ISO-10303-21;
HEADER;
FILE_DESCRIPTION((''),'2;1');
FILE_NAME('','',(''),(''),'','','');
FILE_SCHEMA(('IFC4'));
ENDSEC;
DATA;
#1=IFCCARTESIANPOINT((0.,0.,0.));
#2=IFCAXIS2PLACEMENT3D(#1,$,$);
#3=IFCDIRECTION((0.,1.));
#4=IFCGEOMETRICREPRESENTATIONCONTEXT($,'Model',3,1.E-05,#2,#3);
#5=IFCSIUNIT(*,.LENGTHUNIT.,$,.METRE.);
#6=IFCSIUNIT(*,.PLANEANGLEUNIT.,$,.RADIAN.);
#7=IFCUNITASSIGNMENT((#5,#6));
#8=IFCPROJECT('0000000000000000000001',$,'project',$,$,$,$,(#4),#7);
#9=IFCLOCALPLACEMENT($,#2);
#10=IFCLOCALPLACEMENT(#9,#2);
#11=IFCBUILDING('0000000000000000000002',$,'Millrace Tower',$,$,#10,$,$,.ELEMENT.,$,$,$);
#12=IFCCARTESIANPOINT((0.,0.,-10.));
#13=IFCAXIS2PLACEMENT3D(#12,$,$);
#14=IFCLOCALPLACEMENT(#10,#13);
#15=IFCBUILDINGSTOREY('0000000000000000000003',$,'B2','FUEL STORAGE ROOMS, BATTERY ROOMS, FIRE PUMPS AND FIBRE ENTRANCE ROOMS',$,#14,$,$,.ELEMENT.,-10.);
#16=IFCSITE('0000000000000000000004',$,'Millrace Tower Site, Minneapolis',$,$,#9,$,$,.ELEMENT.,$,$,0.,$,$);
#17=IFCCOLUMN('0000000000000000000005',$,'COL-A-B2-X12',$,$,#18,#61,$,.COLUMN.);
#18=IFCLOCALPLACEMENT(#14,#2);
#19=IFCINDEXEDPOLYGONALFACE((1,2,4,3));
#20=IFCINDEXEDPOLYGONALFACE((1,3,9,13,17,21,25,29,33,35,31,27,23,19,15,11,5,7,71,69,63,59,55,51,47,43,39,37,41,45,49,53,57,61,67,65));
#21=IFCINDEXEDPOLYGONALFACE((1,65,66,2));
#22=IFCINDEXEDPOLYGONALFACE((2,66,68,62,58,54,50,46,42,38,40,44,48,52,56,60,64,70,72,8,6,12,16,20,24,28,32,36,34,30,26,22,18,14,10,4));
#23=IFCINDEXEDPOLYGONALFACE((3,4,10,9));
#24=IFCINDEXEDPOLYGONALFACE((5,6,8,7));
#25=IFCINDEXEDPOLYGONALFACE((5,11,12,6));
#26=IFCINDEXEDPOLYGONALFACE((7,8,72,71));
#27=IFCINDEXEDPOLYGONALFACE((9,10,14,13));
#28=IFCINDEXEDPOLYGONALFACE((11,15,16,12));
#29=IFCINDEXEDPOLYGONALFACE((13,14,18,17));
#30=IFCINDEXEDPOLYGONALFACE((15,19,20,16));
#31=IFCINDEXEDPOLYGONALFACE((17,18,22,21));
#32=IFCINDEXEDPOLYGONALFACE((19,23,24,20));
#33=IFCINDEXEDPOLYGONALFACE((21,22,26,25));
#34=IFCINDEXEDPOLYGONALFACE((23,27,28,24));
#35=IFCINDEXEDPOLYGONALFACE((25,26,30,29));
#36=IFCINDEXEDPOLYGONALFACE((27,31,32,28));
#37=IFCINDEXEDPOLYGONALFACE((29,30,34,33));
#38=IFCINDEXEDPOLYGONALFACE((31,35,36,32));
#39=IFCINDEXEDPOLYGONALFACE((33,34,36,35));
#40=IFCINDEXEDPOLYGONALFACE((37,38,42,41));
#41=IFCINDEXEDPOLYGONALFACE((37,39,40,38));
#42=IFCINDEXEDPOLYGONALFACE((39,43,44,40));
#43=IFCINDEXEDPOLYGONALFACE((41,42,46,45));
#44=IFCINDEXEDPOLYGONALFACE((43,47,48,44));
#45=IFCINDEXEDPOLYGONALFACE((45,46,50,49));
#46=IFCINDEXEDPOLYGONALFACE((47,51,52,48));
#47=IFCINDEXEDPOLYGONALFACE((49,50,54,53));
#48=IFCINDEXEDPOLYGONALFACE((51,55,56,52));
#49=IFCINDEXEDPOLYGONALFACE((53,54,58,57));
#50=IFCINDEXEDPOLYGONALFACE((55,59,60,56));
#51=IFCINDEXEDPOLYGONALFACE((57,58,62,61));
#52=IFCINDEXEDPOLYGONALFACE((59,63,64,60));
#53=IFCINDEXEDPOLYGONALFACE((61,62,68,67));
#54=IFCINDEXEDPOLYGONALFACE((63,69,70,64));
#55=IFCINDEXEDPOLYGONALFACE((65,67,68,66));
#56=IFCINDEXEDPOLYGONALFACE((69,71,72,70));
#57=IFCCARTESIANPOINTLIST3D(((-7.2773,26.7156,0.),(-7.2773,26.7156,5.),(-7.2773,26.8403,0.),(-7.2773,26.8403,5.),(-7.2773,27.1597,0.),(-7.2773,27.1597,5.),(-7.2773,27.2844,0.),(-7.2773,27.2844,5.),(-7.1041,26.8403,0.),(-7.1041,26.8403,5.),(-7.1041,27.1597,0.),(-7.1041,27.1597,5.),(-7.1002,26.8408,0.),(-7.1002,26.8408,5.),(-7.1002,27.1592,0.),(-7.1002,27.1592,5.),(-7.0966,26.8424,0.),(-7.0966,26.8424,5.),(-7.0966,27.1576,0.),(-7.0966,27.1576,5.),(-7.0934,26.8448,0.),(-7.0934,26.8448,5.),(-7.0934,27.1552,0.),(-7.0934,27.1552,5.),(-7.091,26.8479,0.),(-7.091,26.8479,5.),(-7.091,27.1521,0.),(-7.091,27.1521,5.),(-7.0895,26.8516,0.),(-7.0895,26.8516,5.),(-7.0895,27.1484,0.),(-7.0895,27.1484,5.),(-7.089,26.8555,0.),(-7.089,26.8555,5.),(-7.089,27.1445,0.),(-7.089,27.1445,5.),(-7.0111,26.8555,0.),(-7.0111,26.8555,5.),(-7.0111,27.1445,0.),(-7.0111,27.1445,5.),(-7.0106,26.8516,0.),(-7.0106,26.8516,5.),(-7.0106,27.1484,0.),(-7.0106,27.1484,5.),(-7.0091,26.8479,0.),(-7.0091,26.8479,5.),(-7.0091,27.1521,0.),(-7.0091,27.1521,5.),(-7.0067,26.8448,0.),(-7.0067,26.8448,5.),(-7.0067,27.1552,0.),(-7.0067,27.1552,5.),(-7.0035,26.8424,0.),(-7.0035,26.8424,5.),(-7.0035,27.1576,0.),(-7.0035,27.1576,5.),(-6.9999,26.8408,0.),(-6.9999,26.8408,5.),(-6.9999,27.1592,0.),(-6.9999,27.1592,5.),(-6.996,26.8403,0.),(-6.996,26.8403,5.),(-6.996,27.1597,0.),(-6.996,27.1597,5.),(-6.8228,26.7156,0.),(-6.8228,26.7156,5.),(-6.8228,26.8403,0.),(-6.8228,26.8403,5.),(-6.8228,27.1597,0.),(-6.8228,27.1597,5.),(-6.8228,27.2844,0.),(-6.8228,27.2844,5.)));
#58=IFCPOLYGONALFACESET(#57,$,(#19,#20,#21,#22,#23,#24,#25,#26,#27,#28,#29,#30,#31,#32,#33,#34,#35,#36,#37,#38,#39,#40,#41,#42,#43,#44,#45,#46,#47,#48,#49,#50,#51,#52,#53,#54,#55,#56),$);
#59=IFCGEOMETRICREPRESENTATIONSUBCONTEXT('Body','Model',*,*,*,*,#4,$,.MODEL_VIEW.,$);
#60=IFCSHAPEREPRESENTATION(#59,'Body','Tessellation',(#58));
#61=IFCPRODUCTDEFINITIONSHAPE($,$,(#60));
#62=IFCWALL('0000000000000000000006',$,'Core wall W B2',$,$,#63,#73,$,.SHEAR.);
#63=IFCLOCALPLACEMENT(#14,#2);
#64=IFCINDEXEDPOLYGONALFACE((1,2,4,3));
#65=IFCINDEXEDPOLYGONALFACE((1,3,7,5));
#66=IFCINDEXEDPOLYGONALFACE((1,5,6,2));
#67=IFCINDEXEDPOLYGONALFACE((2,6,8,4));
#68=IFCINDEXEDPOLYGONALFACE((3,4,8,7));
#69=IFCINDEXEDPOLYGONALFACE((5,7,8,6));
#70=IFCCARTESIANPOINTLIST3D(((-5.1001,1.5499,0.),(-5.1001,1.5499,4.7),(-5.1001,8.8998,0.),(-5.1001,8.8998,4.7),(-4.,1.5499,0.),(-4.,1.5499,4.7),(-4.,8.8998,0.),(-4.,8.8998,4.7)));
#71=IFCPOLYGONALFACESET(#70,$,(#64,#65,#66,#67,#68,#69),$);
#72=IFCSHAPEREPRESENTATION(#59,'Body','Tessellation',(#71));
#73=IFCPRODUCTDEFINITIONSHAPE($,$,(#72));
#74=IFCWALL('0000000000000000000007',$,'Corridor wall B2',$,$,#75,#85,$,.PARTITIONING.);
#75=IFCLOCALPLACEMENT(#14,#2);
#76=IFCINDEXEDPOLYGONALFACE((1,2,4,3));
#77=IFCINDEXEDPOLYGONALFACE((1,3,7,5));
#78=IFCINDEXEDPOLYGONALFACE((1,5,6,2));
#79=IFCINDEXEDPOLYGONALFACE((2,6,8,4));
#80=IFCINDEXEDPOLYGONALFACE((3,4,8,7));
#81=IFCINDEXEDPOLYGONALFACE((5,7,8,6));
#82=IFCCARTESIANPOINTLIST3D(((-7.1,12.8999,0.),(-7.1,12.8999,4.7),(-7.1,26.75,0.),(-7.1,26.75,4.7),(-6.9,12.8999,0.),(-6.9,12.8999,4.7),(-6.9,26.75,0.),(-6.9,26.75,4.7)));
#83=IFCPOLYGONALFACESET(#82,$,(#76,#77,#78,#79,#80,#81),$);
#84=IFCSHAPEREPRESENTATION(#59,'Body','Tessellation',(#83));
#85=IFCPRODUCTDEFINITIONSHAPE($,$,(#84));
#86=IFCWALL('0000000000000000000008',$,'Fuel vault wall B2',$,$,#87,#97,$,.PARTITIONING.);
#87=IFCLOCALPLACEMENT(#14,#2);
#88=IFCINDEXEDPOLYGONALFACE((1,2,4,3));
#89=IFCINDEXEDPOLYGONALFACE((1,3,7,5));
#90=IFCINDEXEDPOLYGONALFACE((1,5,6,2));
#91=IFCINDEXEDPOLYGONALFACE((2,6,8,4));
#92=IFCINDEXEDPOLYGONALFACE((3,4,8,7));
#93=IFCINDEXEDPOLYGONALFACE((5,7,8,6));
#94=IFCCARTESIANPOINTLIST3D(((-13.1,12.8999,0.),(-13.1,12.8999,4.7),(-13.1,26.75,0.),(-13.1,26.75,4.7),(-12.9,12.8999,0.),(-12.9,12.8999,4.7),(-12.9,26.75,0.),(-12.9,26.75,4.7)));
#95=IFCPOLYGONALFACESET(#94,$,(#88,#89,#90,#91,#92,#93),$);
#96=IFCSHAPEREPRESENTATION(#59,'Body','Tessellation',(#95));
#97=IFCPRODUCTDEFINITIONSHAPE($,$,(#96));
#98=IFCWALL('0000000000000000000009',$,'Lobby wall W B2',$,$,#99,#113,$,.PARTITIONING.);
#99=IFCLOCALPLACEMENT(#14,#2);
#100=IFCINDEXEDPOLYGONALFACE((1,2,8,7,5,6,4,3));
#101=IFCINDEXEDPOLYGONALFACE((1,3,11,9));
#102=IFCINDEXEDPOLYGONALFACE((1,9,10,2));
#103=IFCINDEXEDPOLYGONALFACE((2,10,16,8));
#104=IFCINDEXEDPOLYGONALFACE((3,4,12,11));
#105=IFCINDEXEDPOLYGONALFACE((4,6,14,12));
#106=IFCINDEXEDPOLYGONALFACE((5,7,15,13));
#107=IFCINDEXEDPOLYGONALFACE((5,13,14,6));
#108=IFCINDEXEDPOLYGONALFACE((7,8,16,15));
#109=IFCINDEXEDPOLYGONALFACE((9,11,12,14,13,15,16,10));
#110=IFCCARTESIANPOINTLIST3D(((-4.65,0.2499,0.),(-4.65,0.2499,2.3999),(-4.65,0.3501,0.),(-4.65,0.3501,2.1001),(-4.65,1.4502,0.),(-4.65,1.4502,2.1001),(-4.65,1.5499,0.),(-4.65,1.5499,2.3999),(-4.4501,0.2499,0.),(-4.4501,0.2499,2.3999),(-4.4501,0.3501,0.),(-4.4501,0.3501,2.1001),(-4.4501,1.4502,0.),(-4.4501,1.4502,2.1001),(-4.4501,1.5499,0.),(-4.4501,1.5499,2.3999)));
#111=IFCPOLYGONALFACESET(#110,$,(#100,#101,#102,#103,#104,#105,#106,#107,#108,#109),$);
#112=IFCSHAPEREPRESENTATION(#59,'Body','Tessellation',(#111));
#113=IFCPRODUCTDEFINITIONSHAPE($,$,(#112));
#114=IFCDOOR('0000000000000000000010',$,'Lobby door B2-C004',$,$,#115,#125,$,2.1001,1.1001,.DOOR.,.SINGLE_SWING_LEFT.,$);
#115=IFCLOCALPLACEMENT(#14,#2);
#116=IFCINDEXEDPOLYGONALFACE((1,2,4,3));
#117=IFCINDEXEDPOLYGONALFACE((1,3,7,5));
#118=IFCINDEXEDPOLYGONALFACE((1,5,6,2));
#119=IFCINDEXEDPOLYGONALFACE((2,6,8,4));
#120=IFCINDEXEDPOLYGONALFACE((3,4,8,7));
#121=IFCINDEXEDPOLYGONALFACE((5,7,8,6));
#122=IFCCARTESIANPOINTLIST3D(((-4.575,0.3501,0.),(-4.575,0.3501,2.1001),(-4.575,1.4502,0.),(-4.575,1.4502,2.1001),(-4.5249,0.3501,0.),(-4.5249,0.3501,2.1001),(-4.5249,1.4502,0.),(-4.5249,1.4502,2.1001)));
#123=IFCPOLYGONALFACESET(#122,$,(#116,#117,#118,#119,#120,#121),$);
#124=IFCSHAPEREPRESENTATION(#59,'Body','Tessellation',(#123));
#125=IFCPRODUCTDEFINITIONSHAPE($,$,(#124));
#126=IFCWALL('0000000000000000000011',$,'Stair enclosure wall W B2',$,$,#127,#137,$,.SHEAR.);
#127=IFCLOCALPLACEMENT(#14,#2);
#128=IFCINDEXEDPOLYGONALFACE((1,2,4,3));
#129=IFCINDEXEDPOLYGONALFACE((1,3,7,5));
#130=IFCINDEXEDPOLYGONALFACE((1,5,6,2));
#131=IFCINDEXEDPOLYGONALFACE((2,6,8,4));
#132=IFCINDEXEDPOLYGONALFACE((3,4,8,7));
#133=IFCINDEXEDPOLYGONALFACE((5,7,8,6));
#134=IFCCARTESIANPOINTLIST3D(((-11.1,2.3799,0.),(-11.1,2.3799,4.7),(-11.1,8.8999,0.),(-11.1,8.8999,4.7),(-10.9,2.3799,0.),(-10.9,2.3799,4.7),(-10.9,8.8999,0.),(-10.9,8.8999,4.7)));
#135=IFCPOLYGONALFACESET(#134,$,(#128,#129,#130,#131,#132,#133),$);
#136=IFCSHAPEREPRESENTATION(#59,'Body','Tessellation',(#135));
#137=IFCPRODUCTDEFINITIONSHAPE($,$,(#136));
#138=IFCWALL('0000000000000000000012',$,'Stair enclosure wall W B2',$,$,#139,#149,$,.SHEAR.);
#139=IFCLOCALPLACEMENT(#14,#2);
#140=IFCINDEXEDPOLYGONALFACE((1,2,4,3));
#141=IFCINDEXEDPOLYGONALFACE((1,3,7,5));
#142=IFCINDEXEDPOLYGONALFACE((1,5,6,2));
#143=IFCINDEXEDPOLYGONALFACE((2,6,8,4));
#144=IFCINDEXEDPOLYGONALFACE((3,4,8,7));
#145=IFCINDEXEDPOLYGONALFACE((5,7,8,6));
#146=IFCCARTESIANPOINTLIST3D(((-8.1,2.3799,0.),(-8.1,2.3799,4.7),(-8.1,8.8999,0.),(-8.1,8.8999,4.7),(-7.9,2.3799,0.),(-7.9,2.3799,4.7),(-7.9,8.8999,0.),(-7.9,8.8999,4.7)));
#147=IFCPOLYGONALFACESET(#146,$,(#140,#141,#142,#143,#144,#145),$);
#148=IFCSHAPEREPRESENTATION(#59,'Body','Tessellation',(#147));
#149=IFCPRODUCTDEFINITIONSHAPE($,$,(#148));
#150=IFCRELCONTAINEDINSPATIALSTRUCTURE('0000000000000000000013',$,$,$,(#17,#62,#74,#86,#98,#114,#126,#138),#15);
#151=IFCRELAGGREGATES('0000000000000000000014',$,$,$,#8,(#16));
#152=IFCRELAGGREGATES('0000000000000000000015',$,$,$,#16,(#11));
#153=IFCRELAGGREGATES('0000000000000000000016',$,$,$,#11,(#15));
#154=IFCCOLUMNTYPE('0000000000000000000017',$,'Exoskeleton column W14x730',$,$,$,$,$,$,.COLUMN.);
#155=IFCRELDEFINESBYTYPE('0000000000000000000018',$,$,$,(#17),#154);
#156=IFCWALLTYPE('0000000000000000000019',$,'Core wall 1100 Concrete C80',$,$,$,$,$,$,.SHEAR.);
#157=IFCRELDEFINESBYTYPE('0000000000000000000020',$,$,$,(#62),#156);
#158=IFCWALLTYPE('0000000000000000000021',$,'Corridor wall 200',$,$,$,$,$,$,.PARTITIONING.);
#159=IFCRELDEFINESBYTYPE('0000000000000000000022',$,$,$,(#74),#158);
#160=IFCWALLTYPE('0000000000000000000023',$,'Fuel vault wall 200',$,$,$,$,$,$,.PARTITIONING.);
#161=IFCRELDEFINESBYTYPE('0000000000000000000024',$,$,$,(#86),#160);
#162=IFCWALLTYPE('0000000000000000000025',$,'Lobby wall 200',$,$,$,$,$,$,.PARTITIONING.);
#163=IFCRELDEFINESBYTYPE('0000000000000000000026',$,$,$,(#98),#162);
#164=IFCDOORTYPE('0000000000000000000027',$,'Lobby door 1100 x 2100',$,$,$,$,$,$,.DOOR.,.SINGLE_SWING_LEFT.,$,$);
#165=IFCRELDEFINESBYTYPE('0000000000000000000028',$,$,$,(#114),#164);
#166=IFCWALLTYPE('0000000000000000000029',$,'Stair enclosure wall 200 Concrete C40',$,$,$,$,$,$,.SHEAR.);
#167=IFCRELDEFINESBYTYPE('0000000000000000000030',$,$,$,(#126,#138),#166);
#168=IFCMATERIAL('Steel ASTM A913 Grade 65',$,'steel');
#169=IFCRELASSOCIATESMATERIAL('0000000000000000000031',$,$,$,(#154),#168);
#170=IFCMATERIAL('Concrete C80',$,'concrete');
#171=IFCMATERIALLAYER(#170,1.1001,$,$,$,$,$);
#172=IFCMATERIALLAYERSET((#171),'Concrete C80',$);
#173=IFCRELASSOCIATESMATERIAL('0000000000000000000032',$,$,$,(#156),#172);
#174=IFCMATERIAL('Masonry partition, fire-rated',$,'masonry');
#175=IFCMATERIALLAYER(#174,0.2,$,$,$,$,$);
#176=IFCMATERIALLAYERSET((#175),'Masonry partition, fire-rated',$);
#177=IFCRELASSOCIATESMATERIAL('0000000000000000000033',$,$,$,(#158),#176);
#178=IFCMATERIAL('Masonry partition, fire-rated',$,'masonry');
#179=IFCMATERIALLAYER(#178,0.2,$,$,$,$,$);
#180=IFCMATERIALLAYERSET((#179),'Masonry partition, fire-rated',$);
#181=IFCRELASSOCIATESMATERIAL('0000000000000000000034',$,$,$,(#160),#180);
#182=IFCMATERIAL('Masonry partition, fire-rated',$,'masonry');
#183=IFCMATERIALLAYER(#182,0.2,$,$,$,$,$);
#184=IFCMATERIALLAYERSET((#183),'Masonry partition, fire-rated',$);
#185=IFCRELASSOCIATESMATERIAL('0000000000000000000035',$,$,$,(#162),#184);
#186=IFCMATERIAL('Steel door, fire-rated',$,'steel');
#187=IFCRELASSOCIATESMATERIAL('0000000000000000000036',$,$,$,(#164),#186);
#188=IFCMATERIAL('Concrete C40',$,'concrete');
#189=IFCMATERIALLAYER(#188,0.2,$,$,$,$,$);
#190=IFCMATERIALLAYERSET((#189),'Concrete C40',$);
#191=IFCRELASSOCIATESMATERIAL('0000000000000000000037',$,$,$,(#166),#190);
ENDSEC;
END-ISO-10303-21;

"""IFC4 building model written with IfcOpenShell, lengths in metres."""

from ifc_helpers import new_model, si_unit, direction, frame, frame_2d, origin, origin_2d, place, context, subcontext, project, spatial, rectangle, i_section, extrude, material, layer, layer_set, material_profile, profile_set, type_object, element, fill, save


model = new_model("IFC4")

# Units and contexts
model_context = context("Model", 3, precision=1e-05, world=origin(), true_north=direction((0.0, 1.0)))
body_context = subcontext(model_context, "Body", "Model", "MODEL_VIEW")
ifc_project = project(units=[si_unit("LENGTHUNIT", "METRE"), si_unit("PLANEANGLEUNIT", "RADIAN")], contexts=[model_context])

# Site, building, storey
site_placement = place(None, origin())
site = spatial("IfcSite", under=ifc_project, at=site_placement, Name="Millrace Tower Site, Minneapolis", CompositionType="ELEMENT", RefElevation=0.0)
building_placement = place(site_placement, origin())
building = spatial("IfcBuilding", under=site, at=building_placement, Name="Millrace Tower", CompositionType="ELEMENT")
storey_placement = place(building_placement, frame((0.0, 0.0, -10.0)))
storey = spatial("IfcBuildingStorey", under=building, at=storey_placement, Name="B2", Description="FUEL STORAGE ROOMS, BATTERY ROOMS, FIRE PUMPS AND FIBRE ENTRANCE ROOMS", CompositionType="ELEMENT", Elevation=-10.0)

# Column
ifc_material_1 = material(Name="Steel ASTM A913 Grade 65", Category="steel")
ifc_material_profile_1 = material_profile(ifc_material_1, i_section(OverallWidth=0.4546, OverallDepth=0.5688, WebThickness=0.0779, FlangeThickness=0.1248, FilletRadius=0.0151, at=origin_2d()))
ifc_profile_set_1 = profile_set([ifc_material_profile_1], Name="Steel ASTM A913 Grade 65")
column_type = type_object("IfcColumnType", Name="Exoskeleton column W14x730", PredefinedType="COLUMN", material=ifc_profile_set_1)
placement_1 = place(storey_placement, frame((-7.05, 27.0, 0.0), z_axis=(0.0, 0.0, 1.0), x_axis=(-1.0, 0.0, 0.0)))
element("IfcColumn", 1, at=placement_1, inside=storey, type_object=column_type, Name="COL-A-B2-X12", PredefinedType="COLUMN", context=body_context, shape_type="SweptSolid", body=[
    extrude(i_section(OverallWidth=0.4546, OverallDepth=0.5688, WebThickness=0.0779, FlangeThickness=0.1248, FilletRadius=0.0151, at=origin_2d()), origin(), (0.0, 0.0, 1.0), 5.0),
])

# Walls
ifc_material_2 = material(Name="Concrete C80", Category="concrete")
ifc_layer_1 = layer(ifc_material_2, 1.1001)
ifc_layer_set_1 = layer_set([ifc_layer_1], Name="Concrete C80")
wall_type_1 = type_object("IfcWallType", Name="Core wall 1100 Concrete C80", PredefinedType="SHEAR", material=ifc_layer_set_1)
wall_1_placement = place(storey_placement, frame((-4.55, 1.55, 0.0), z_axis=(0.0, 0.0, 1.0), x_axis=(0.0, 1.0, 0.0)))
element("IfcWall", 2, at=wall_1_placement, inside=storey, type_object=wall_type_1, Name="Core wall W B2", PredefinedType="SHEAR", context=body_context, shape_type="SweptSolid", body=[
    extrude(rectangle(XDim=7.3499, YDim=1.1001, at=frame_2d((3.6748, 0.0))), origin(), (0.0, 0.0, 1.0), 4.7),
])
ifc_material_3 = material(Name="Masonry partition, fire-rated", Category="masonry")
ifc_layer_2 = layer(ifc_material_3, 0.2)
ifc_layer_set_2 = layer_set([ifc_layer_2], Name="Masonry partition, fire-rated")
wall_type_2 = type_object("IfcWallType", Name="Corridor wall 200", PredefinedType="PARTITIONING", material=ifc_layer_set_2)
wall_2_placement = place(storey_placement, frame((-7.0, 12.8999, 0.0), z_axis=(0.0, 0.0, 1.0), x_axis=(0.0, 1.0, 0.0)))
element("IfcWall", 3, at=wall_2_placement, inside=storey, type_object=wall_type_2, Name="Corridor wall B2", PredefinedType="PARTITIONING", context=body_context, shape_type="SweptSolid", body=[
    extrude(rectangle(XDim=13.8501, YDim=0.2, at=frame_2d((6.925, 0.0))), origin(), (0.0, 0.0, 1.0), 4.7),
])
ifc_material_4 = material(Name="Masonry partition, fire-rated", Category="masonry")
ifc_layer_3 = layer(ifc_material_4, 0.2)
ifc_layer_set_3 = layer_set([ifc_layer_3], Name="Masonry partition, fire-rated")
wall_type_3 = type_object("IfcWallType", Name="Fuel vault wall 200", PredefinedType="PARTITIONING", material=ifc_layer_set_3)
wall_3_placement = place(storey_placement, frame((-13.0, 12.8999, 0.0), z_axis=(0.0, 0.0, 1.0), x_axis=(0.0, 1.0, 0.0)))
element("IfcWall", 4, at=wall_3_placement, inside=storey, type_object=wall_type_3, Name="Fuel vault wall B2", PredefinedType="PARTITIONING", context=body_context, shape_type="SweptSolid", body=[
    extrude(rectangle(XDim=13.8501, YDim=0.2, at=frame_2d((6.925, 0.0))), origin(), (0.0, 0.0, 1.0), 4.7),
])

# Wall, opening, door
ifc_material_5 = material(Name="Masonry partition, fire-rated", Category="masonry")
ifc_layer_4 = layer(ifc_material_5, 0.2)
ifc_layer_set_4 = layer_set([ifc_layer_4], Name="Masonry partition, fire-rated")
wall_type_4 = type_object("IfcWallType", Name="Lobby wall 200", PredefinedType="PARTITIONING", material=ifc_layer_set_4)
wall_4_placement = place(storey_placement, frame((-4.55, 0.25, 0.0), z_axis=(0.0, 0.0, 1.0), x_axis=(0.0, 1.0, 0.0)))
wall_4 = element("IfcWall", 5, at=wall_4_placement, inside=storey, type_object=wall_type_4, Name="Lobby wall W B2", PredefinedType="PARTITIONING", context=body_context, shape_type="SweptSolid", body=[
    extrude(rectangle(XDim=1.3, YDim=0.2, at=frame_2d((0.6499, 0.0))), origin(), (0.0, 0.0, 1.0), 2.3999),
])
opening_placement = place(wall_4_placement, frame((0.1001, 0.0, 0.0)))
opening = element("IfcOpeningElement", 6, at=opening_placement, cuts=wall_4, PredefinedType="OPENING", context=body_context, shape_type="SweptSolid", body=[
    extrude(rectangle(XDim=1.1001, YDim=2.1001, at=frame_2d((0.55, 1.05))), frame((0.0, 0.1099, 0.0), z_axis=(0.0, -1.0, 0.0), x_axis=(1.0, 0.0, 0.0)), (0.0, 0.0, 1.0), 0.22),
])
ifc_material_6 = material(Name="Steel door, fire-rated", Category="steel")
door_type = type_object("IfcDoorType", Name="Lobby door 1100 x 2100", OperationType="SINGLE_SWING_LEFT", PredefinedType="DOOR", material=ifc_material_6)
door_placement = place(opening_placement, origin())
door = element("IfcDoor", 7, at=door_placement, inside=storey, type_object=door_type, Name="Lobby door B2-C004", OperationType="SINGLE_SWING_LEFT", OverallHeight=2.1001, OverallWidth=1.1001, PredefinedType="DOOR", context=body_context, shape_type="SweptSolid", body=[
    extrude(rectangle(XDim=1.1001, YDim=2.1001, at=frame_2d((0.55, 1.05))), frame((0.0, 0.0249, 0.0), z_axis=(0.0, -1.0, 0.0), x_axis=(1.0, 0.0, 0.0)), (0.0, 0.0, 1.0), 0.05),
])
fill(opening, door)

# Walls
ifc_material_7 = material(Name="Concrete C40", Category="concrete")
ifc_layer_5 = layer(ifc_material_7, 0.2)
ifc_layer_set_5 = layer_set([ifc_layer_5], Name="Concrete C40")
wall_type_5 = type_object("IfcWallType", Name="Stair enclosure wall 200 Concrete C40", PredefinedType="SHEAR", material=ifc_layer_set_5)
for number, where, z_axis, x_axis, name in (
    (8, (-11.0, 2.3799, 0.0), (0.0, 0.0, 1.0), (0.0, 1.0, 0.0), "Stair enclosure wall W B2"),
    (9, (-8.0, 2.3799, 0.0), (0.0, 0.0, 1.0), (0.0, 1.0, 0.0), "Stair enclosure wall W B2"),
):
    element("IfcWall", number, at=place(storey_placement, frame(where, z_axis=z_axis, x_axis=x_axis)), inside=storey, type_object=wall_type_5, Name=name, PredefinedType="SHEAR", context=body_context, shape_type="SweptSolid", body=[
        extrude(rectangle(XDim=6.52, YDim=0.2, at=frame_2d((3.26, 0.0))), origin(), (0.0, 0.0, 1.0), 4.7),
    ])

save(model, "model.ifc")
